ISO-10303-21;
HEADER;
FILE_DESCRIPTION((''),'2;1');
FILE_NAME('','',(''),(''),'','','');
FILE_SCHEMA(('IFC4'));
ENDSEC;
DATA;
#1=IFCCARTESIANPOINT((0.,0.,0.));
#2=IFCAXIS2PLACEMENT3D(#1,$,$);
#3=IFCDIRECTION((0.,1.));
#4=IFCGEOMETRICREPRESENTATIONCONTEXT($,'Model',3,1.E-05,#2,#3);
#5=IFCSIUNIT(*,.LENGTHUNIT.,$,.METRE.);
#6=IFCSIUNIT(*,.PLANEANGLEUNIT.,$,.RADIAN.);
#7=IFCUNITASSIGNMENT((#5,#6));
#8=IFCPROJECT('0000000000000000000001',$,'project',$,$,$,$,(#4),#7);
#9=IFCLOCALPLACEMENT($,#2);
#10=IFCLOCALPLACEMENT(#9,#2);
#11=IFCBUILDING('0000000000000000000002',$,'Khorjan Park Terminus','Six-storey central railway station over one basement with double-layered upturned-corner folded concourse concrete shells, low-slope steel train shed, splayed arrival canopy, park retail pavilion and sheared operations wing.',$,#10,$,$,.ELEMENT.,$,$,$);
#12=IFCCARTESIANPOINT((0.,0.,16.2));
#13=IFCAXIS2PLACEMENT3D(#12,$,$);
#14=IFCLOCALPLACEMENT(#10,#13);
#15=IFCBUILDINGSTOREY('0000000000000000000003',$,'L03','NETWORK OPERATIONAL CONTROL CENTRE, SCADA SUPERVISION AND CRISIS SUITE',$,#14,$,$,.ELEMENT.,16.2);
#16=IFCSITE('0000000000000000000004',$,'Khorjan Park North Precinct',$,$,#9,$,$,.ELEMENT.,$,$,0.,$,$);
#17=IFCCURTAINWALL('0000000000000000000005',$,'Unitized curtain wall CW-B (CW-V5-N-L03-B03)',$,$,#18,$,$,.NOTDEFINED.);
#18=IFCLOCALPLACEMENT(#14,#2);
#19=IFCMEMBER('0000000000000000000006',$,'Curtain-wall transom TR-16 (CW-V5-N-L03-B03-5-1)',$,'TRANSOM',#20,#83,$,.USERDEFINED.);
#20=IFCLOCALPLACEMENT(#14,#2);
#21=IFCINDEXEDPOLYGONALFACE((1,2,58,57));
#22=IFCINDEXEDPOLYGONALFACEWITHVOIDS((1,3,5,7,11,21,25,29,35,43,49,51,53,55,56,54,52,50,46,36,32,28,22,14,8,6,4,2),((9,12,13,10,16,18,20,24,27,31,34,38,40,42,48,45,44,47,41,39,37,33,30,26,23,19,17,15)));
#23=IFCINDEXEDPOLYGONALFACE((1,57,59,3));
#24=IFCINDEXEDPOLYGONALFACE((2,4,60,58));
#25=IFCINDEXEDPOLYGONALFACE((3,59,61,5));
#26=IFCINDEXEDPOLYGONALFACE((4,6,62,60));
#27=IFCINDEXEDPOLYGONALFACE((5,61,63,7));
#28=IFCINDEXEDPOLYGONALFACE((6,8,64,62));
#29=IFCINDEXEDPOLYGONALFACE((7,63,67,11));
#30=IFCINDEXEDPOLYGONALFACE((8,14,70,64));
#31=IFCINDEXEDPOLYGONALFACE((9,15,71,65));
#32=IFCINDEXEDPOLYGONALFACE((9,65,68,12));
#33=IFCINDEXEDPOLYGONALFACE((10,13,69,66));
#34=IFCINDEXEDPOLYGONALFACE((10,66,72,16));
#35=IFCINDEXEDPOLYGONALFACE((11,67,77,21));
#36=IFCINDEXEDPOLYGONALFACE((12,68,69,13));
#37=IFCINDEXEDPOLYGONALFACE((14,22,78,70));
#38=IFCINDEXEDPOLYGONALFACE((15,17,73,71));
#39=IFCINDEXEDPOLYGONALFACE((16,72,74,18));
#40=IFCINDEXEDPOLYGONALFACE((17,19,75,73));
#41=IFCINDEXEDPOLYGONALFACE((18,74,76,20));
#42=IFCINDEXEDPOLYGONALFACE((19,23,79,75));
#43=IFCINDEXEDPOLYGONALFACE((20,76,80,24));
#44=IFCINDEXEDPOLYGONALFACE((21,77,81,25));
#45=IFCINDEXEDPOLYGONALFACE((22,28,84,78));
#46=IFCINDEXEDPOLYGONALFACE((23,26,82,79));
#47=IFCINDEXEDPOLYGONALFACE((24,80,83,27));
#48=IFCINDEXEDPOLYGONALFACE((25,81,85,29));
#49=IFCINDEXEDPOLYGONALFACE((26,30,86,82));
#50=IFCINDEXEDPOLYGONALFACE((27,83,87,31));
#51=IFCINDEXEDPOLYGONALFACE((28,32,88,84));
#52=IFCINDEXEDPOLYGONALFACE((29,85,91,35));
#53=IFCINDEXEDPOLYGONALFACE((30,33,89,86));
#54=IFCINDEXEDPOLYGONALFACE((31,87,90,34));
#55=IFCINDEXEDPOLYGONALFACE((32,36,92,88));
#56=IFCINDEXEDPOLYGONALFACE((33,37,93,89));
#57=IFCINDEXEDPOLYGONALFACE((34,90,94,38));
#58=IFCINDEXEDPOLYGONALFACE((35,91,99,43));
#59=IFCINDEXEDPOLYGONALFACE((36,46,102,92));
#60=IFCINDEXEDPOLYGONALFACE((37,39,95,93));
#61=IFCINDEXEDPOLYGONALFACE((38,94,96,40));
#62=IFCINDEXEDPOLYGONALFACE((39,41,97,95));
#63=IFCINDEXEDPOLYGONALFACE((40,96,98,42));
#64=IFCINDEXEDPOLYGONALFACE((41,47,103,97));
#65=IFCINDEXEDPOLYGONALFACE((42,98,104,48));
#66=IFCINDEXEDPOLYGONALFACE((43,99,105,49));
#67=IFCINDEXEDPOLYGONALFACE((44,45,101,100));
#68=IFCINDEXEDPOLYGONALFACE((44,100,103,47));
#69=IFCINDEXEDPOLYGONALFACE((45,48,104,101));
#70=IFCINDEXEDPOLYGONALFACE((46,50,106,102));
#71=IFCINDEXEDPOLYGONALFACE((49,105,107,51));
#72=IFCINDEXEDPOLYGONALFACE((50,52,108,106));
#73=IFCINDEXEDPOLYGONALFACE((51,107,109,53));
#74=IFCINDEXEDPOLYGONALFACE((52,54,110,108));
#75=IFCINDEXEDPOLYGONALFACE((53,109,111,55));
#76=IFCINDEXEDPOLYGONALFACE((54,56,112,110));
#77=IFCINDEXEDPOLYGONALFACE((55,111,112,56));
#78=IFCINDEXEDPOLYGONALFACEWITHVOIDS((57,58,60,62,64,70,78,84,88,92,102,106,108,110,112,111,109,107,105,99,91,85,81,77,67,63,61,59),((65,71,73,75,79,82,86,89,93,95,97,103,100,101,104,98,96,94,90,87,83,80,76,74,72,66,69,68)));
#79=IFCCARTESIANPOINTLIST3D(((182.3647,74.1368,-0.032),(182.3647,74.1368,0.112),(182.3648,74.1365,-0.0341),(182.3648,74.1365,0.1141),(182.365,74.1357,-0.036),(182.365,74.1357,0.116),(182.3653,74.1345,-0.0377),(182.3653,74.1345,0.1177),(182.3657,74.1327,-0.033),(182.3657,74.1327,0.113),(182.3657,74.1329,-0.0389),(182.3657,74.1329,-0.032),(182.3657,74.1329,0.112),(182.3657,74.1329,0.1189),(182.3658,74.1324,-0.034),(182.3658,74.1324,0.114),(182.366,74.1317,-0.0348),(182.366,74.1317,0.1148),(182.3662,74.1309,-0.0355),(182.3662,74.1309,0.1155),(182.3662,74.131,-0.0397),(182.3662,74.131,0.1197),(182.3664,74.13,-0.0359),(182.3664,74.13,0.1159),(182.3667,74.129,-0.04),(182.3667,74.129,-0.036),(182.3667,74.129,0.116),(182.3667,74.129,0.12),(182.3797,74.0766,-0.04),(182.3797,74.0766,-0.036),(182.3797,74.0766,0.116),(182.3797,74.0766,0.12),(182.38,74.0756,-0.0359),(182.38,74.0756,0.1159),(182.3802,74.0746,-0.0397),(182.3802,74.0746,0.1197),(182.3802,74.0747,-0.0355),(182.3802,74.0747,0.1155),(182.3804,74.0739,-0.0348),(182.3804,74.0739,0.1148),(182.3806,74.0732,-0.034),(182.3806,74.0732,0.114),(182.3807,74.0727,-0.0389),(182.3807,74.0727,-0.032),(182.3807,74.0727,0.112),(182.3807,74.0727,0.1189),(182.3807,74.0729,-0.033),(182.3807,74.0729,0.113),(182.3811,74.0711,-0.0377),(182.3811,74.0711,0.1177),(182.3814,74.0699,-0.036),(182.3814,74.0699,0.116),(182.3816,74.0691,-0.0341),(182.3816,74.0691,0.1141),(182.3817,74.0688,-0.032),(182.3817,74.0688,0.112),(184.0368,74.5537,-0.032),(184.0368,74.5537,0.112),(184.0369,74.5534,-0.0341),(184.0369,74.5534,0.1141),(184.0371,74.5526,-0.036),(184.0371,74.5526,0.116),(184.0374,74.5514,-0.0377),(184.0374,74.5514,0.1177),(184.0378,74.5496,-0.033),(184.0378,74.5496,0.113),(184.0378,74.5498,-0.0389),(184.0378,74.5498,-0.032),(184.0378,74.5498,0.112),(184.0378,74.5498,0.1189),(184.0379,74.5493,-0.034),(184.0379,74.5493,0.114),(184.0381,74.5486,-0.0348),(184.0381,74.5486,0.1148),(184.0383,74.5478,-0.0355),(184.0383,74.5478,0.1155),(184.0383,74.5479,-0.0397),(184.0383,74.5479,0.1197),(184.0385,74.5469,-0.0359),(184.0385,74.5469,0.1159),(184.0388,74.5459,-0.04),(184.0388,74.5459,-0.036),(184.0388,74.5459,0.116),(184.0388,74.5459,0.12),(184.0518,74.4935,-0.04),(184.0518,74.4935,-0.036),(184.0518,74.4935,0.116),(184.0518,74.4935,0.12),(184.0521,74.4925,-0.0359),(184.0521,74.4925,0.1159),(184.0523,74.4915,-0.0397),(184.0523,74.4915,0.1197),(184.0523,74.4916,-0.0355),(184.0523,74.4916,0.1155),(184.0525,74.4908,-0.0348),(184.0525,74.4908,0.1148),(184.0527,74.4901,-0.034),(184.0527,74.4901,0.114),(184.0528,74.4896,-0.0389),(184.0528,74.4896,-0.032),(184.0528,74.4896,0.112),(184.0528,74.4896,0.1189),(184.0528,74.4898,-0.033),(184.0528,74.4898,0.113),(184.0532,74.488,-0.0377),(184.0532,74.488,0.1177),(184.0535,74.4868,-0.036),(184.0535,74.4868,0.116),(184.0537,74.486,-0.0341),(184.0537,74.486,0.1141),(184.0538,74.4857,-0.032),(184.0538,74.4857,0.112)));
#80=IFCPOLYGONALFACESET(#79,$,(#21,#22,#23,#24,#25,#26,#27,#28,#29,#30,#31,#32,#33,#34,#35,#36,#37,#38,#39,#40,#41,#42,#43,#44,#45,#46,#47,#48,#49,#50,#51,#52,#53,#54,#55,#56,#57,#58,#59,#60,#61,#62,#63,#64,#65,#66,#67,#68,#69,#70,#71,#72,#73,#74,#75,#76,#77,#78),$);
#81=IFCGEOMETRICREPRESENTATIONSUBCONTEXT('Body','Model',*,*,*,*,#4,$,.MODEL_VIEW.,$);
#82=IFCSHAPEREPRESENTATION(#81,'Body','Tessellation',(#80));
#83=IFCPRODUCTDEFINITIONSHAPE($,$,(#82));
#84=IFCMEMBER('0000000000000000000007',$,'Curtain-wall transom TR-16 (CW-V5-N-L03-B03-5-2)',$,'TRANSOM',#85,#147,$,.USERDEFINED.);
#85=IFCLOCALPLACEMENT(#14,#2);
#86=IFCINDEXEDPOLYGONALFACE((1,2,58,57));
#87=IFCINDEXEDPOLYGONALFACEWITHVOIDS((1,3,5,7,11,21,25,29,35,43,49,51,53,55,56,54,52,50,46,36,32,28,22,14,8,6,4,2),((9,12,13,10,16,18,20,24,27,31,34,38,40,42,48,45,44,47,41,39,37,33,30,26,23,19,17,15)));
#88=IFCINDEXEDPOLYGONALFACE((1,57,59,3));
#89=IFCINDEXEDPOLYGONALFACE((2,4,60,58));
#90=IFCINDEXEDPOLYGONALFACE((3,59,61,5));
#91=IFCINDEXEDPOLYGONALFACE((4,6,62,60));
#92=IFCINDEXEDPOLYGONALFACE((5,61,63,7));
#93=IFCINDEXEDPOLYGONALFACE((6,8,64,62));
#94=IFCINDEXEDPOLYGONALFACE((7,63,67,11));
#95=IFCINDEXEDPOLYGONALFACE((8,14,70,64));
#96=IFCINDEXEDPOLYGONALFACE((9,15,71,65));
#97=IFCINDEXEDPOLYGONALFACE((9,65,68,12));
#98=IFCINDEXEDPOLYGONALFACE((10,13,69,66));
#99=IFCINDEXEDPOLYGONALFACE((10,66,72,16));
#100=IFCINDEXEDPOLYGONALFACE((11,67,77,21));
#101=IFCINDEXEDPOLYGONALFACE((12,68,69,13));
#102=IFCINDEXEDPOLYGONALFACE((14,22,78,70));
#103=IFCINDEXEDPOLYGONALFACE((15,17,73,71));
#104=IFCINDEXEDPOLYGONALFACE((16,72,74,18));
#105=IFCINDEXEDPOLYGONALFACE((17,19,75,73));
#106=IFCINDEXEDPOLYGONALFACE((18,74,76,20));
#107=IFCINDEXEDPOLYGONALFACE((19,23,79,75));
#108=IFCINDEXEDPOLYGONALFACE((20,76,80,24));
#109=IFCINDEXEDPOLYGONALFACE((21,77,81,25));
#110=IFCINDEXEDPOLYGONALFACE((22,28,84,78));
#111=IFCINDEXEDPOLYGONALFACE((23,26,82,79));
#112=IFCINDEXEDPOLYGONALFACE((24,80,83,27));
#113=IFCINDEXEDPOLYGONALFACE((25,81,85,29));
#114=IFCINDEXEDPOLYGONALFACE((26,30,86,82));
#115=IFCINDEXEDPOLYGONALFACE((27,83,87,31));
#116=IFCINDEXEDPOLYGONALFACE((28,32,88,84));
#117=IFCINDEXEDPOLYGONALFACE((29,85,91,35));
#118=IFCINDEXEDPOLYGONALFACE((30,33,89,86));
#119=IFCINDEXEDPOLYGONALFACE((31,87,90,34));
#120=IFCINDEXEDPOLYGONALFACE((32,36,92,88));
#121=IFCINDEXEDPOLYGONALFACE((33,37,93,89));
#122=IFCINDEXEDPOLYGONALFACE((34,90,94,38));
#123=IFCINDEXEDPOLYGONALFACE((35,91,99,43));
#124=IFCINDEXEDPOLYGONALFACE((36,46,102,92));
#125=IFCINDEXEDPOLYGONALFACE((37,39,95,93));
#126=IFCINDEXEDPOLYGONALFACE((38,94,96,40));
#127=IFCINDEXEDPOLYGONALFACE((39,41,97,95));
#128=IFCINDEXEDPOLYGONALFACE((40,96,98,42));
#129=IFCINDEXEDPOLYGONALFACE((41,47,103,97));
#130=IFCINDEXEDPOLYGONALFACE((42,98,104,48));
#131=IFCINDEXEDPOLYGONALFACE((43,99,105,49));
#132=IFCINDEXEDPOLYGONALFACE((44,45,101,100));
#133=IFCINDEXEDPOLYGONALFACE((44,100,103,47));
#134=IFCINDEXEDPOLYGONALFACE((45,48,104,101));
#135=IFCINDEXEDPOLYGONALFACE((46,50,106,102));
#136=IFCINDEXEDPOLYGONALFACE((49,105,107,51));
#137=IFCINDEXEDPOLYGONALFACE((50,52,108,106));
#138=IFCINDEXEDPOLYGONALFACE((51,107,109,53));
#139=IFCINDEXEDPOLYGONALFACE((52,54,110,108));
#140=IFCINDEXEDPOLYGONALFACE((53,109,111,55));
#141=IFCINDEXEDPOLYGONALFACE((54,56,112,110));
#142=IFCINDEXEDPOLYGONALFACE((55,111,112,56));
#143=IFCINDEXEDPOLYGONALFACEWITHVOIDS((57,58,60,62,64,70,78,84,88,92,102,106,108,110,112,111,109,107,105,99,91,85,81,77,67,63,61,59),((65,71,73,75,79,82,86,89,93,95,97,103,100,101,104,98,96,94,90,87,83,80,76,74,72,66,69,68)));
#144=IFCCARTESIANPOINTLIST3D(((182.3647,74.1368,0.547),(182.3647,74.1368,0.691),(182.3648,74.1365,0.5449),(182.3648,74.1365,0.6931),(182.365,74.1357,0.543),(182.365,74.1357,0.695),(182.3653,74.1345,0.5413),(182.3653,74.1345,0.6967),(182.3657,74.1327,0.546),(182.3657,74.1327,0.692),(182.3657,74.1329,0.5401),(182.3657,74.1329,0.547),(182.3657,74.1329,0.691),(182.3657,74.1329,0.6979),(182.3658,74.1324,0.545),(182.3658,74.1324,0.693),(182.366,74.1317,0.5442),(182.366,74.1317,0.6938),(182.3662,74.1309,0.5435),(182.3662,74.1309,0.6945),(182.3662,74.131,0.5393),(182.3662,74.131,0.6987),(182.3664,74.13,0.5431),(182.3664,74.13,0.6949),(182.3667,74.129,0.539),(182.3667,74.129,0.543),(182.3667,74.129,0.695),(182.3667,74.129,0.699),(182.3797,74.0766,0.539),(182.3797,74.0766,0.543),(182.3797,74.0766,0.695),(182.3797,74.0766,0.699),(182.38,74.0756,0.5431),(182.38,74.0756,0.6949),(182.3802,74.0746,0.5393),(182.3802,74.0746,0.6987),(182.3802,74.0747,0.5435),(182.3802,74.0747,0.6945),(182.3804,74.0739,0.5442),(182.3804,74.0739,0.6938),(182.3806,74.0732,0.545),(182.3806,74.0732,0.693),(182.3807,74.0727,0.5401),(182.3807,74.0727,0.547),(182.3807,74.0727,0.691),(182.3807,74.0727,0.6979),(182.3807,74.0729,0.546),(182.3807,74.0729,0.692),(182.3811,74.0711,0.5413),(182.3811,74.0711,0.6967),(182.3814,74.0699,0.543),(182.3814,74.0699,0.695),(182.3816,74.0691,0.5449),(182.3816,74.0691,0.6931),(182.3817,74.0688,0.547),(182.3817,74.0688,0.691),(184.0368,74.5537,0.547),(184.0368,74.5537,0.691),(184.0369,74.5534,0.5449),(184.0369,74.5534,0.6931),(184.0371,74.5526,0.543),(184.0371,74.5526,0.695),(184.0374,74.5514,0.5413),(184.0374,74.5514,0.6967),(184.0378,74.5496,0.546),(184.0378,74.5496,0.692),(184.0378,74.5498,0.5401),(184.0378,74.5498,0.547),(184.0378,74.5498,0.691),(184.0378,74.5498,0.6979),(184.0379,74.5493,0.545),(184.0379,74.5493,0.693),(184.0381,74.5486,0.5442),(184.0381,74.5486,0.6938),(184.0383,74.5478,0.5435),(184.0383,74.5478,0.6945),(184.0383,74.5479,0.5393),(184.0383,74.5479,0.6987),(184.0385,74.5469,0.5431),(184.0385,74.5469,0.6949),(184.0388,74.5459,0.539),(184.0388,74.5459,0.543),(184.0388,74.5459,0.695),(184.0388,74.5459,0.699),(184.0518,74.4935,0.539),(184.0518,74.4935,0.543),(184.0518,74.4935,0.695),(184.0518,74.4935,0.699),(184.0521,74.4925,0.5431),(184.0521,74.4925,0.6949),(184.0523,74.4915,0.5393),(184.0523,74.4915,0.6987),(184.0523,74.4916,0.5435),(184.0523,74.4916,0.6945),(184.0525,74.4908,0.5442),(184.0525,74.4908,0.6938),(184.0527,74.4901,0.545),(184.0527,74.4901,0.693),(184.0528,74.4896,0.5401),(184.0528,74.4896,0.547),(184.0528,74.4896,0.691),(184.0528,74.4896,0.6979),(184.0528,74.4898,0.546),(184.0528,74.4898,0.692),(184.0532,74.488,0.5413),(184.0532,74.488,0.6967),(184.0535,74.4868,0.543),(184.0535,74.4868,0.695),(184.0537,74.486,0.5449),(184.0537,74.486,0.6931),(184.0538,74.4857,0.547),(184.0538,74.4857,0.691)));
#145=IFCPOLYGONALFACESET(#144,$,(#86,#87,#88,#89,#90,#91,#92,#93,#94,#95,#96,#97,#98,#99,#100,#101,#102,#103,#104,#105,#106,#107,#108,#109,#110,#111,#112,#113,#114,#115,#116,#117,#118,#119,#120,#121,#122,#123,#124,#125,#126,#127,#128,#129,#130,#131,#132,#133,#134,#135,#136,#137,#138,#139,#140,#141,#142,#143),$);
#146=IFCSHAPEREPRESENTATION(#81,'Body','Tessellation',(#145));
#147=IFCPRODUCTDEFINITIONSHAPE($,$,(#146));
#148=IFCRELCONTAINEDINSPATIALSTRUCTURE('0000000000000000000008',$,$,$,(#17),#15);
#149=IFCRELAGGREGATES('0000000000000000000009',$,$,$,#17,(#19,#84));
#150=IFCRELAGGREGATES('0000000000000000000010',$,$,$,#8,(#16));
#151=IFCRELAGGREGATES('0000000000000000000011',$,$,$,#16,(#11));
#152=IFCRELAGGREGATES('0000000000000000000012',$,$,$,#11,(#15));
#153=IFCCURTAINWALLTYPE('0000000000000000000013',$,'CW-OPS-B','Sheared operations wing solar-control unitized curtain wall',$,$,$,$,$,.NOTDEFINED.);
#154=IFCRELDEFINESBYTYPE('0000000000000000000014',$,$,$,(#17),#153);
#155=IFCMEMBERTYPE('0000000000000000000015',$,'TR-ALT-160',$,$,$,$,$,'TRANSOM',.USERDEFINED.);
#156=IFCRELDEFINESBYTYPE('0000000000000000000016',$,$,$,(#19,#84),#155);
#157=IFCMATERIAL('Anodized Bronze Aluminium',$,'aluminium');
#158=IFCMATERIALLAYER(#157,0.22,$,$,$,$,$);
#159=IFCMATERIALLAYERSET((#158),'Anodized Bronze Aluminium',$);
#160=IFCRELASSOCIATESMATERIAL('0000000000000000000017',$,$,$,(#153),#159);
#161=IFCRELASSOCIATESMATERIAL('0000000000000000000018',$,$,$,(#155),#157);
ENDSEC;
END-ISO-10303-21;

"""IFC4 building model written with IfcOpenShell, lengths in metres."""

from ifc_helpers import new_model, si_unit, direction, frame, origin, origin_2d, place, context, subcontext, project, spatial, hollow_rectangle, extrude, material, layer, layer_set, material_profile, profile_set, type_object, element, aggregate, save


model = new_model("IFC4")

# Units and contexts
model_context = context("Model", 3, precision=1e-05, world=origin(), true_north=direction((0.0, 1.0)))
body_context = subcontext(model_context, "Body", "Model", "MODEL_VIEW")
ifc_project = project(units=[si_unit("LENGTHUNIT", "METRE"), si_unit("PLANEANGLEUNIT", "RADIAN")], contexts=[model_context])

# Site, building, storey
site_placement = place(None, origin())
site = spatial("IfcSite", under=ifc_project, at=site_placement, Name="Khorjan Park North Precinct", CompositionType="ELEMENT", RefElevation=0.0)
building_placement = place(site_placement, origin())
building = spatial("IfcBuilding", under=site, at=building_placement, Name="Khorjan Park Terminus", Description="Six-storey central railway station over one basement with double-layered upturned-corner folded concourse concrete shells, low-slope steel train shed, splayed arrival canopy, park retail pavilion and sheared operations wing.", CompositionType="ELEMENT")
storey_placement = place(building_placement, frame((0.0, 0.0, 16.2)))
storey = spatial("IfcBuildingStorey", under=building, at=storey_placement, Name="L03", Description="NETWORK OPERATIONAL CONTROL CENTRE, SCADA SUPERVISION AND CRISIS SUITE", CompositionType="ELEMENT", Elevation=16.2)

# Curtain wall
ifc_material_1 = material(Name="Anodized Bronze Aluminium", Category="aluminium")
ifc_layer_1 = layer(ifc_material_1, 0.22)
ifc_layer_set_1 = layer_set([ifc_layer_1], Name="Anodized Bronze Aluminium")
curtain_wall_type = type_object("IfcCurtainWallType", Name="CW-OPS-B", Description="Sheared operations wing solar-control unitized curtain wall", PredefinedType="NOTDEFINED", material=ifc_layer_set_1)
curtain_wall_1_placement = place(storey_placement, origin())
curtain_wall_1 = element("IfcCurtainWall", 1, at=curtain_wall_1_placement, inside=storey, type_object=curtain_wall_type, Name="Unitized curtain wall CW-B (CW-V5-N-L03-B03)", PredefinedType="NOTDEFINED")

# Members
ifc_material_profile_1 = material_profile(ifc_material_1, hollow_rectangle(XDim=0.07, YDim=0.16, WallThickness=0.004, InnerFilletRadius=0.004, OuterFilletRadius=0.008, at=origin_2d()), Name="ALT 70x160x4")
ifc_profile_set_1 = profile_set([ifc_material_profile_1], Name="Anodized Bronze Aluminium")
member_type_1 = type_object("IfcMemberType", Name="TR-ALT-160", ElementType="TRANSOM", PredefinedType="USERDEFINED", material=ifc_profile_set_1)
member_1_placement = place(storey_placement, frame((184.0453, 74.5197, 0.04), z_axis=(-0.970296, -0.241921, 0.0), x_axis=(0.241921, -0.970296, 0.0)))
member_1 = element("IfcMember", 2, at=member_1_placement, type_object=member_type_1, Name="Curtain-wall transom TR-16 (CW-V5-N-L03-B03-5-1)", ObjectType="TRANSOM", PredefinedType="USERDEFINED", context=body_context, shape_type="SweptSolid", body=[
    extrude(hollow_rectangle(XDim=0.07, YDim=0.16, WallThickness=0.004, InnerFilletRadius=0.004, OuterFilletRadius=0.008, at=origin_2d()), origin(), (0.0, 0.0, 1.0), 1.7233),
])
member_2_placement = place(storey_placement, frame((184.0453, 74.5197, 0.619), z_axis=(-0.970296, -0.241921, 0.0), x_axis=(0.241921, -0.970296, 0.0)))
member_2 = element("IfcMember", 3, at=member_2_placement, type_object=member_type_1, Name="Curtain-wall transom TR-16 (CW-V5-N-L03-B03-5-2)", ObjectType="TRANSOM", PredefinedType="USERDEFINED", context=body_context, shape_type="SweptSolid", body=[
    extrude(hollow_rectangle(XDim=0.07, YDim=0.16, WallThickness=0.004, InnerFilletRadius=0.004, OuterFilletRadius=0.008, at=origin_2d()), origin(), (0.0, 0.0, 1.0), 1.7233),
])

aggregate(curtain_wall_1, [member_1, member_2])

save(model, "model.ifc")
